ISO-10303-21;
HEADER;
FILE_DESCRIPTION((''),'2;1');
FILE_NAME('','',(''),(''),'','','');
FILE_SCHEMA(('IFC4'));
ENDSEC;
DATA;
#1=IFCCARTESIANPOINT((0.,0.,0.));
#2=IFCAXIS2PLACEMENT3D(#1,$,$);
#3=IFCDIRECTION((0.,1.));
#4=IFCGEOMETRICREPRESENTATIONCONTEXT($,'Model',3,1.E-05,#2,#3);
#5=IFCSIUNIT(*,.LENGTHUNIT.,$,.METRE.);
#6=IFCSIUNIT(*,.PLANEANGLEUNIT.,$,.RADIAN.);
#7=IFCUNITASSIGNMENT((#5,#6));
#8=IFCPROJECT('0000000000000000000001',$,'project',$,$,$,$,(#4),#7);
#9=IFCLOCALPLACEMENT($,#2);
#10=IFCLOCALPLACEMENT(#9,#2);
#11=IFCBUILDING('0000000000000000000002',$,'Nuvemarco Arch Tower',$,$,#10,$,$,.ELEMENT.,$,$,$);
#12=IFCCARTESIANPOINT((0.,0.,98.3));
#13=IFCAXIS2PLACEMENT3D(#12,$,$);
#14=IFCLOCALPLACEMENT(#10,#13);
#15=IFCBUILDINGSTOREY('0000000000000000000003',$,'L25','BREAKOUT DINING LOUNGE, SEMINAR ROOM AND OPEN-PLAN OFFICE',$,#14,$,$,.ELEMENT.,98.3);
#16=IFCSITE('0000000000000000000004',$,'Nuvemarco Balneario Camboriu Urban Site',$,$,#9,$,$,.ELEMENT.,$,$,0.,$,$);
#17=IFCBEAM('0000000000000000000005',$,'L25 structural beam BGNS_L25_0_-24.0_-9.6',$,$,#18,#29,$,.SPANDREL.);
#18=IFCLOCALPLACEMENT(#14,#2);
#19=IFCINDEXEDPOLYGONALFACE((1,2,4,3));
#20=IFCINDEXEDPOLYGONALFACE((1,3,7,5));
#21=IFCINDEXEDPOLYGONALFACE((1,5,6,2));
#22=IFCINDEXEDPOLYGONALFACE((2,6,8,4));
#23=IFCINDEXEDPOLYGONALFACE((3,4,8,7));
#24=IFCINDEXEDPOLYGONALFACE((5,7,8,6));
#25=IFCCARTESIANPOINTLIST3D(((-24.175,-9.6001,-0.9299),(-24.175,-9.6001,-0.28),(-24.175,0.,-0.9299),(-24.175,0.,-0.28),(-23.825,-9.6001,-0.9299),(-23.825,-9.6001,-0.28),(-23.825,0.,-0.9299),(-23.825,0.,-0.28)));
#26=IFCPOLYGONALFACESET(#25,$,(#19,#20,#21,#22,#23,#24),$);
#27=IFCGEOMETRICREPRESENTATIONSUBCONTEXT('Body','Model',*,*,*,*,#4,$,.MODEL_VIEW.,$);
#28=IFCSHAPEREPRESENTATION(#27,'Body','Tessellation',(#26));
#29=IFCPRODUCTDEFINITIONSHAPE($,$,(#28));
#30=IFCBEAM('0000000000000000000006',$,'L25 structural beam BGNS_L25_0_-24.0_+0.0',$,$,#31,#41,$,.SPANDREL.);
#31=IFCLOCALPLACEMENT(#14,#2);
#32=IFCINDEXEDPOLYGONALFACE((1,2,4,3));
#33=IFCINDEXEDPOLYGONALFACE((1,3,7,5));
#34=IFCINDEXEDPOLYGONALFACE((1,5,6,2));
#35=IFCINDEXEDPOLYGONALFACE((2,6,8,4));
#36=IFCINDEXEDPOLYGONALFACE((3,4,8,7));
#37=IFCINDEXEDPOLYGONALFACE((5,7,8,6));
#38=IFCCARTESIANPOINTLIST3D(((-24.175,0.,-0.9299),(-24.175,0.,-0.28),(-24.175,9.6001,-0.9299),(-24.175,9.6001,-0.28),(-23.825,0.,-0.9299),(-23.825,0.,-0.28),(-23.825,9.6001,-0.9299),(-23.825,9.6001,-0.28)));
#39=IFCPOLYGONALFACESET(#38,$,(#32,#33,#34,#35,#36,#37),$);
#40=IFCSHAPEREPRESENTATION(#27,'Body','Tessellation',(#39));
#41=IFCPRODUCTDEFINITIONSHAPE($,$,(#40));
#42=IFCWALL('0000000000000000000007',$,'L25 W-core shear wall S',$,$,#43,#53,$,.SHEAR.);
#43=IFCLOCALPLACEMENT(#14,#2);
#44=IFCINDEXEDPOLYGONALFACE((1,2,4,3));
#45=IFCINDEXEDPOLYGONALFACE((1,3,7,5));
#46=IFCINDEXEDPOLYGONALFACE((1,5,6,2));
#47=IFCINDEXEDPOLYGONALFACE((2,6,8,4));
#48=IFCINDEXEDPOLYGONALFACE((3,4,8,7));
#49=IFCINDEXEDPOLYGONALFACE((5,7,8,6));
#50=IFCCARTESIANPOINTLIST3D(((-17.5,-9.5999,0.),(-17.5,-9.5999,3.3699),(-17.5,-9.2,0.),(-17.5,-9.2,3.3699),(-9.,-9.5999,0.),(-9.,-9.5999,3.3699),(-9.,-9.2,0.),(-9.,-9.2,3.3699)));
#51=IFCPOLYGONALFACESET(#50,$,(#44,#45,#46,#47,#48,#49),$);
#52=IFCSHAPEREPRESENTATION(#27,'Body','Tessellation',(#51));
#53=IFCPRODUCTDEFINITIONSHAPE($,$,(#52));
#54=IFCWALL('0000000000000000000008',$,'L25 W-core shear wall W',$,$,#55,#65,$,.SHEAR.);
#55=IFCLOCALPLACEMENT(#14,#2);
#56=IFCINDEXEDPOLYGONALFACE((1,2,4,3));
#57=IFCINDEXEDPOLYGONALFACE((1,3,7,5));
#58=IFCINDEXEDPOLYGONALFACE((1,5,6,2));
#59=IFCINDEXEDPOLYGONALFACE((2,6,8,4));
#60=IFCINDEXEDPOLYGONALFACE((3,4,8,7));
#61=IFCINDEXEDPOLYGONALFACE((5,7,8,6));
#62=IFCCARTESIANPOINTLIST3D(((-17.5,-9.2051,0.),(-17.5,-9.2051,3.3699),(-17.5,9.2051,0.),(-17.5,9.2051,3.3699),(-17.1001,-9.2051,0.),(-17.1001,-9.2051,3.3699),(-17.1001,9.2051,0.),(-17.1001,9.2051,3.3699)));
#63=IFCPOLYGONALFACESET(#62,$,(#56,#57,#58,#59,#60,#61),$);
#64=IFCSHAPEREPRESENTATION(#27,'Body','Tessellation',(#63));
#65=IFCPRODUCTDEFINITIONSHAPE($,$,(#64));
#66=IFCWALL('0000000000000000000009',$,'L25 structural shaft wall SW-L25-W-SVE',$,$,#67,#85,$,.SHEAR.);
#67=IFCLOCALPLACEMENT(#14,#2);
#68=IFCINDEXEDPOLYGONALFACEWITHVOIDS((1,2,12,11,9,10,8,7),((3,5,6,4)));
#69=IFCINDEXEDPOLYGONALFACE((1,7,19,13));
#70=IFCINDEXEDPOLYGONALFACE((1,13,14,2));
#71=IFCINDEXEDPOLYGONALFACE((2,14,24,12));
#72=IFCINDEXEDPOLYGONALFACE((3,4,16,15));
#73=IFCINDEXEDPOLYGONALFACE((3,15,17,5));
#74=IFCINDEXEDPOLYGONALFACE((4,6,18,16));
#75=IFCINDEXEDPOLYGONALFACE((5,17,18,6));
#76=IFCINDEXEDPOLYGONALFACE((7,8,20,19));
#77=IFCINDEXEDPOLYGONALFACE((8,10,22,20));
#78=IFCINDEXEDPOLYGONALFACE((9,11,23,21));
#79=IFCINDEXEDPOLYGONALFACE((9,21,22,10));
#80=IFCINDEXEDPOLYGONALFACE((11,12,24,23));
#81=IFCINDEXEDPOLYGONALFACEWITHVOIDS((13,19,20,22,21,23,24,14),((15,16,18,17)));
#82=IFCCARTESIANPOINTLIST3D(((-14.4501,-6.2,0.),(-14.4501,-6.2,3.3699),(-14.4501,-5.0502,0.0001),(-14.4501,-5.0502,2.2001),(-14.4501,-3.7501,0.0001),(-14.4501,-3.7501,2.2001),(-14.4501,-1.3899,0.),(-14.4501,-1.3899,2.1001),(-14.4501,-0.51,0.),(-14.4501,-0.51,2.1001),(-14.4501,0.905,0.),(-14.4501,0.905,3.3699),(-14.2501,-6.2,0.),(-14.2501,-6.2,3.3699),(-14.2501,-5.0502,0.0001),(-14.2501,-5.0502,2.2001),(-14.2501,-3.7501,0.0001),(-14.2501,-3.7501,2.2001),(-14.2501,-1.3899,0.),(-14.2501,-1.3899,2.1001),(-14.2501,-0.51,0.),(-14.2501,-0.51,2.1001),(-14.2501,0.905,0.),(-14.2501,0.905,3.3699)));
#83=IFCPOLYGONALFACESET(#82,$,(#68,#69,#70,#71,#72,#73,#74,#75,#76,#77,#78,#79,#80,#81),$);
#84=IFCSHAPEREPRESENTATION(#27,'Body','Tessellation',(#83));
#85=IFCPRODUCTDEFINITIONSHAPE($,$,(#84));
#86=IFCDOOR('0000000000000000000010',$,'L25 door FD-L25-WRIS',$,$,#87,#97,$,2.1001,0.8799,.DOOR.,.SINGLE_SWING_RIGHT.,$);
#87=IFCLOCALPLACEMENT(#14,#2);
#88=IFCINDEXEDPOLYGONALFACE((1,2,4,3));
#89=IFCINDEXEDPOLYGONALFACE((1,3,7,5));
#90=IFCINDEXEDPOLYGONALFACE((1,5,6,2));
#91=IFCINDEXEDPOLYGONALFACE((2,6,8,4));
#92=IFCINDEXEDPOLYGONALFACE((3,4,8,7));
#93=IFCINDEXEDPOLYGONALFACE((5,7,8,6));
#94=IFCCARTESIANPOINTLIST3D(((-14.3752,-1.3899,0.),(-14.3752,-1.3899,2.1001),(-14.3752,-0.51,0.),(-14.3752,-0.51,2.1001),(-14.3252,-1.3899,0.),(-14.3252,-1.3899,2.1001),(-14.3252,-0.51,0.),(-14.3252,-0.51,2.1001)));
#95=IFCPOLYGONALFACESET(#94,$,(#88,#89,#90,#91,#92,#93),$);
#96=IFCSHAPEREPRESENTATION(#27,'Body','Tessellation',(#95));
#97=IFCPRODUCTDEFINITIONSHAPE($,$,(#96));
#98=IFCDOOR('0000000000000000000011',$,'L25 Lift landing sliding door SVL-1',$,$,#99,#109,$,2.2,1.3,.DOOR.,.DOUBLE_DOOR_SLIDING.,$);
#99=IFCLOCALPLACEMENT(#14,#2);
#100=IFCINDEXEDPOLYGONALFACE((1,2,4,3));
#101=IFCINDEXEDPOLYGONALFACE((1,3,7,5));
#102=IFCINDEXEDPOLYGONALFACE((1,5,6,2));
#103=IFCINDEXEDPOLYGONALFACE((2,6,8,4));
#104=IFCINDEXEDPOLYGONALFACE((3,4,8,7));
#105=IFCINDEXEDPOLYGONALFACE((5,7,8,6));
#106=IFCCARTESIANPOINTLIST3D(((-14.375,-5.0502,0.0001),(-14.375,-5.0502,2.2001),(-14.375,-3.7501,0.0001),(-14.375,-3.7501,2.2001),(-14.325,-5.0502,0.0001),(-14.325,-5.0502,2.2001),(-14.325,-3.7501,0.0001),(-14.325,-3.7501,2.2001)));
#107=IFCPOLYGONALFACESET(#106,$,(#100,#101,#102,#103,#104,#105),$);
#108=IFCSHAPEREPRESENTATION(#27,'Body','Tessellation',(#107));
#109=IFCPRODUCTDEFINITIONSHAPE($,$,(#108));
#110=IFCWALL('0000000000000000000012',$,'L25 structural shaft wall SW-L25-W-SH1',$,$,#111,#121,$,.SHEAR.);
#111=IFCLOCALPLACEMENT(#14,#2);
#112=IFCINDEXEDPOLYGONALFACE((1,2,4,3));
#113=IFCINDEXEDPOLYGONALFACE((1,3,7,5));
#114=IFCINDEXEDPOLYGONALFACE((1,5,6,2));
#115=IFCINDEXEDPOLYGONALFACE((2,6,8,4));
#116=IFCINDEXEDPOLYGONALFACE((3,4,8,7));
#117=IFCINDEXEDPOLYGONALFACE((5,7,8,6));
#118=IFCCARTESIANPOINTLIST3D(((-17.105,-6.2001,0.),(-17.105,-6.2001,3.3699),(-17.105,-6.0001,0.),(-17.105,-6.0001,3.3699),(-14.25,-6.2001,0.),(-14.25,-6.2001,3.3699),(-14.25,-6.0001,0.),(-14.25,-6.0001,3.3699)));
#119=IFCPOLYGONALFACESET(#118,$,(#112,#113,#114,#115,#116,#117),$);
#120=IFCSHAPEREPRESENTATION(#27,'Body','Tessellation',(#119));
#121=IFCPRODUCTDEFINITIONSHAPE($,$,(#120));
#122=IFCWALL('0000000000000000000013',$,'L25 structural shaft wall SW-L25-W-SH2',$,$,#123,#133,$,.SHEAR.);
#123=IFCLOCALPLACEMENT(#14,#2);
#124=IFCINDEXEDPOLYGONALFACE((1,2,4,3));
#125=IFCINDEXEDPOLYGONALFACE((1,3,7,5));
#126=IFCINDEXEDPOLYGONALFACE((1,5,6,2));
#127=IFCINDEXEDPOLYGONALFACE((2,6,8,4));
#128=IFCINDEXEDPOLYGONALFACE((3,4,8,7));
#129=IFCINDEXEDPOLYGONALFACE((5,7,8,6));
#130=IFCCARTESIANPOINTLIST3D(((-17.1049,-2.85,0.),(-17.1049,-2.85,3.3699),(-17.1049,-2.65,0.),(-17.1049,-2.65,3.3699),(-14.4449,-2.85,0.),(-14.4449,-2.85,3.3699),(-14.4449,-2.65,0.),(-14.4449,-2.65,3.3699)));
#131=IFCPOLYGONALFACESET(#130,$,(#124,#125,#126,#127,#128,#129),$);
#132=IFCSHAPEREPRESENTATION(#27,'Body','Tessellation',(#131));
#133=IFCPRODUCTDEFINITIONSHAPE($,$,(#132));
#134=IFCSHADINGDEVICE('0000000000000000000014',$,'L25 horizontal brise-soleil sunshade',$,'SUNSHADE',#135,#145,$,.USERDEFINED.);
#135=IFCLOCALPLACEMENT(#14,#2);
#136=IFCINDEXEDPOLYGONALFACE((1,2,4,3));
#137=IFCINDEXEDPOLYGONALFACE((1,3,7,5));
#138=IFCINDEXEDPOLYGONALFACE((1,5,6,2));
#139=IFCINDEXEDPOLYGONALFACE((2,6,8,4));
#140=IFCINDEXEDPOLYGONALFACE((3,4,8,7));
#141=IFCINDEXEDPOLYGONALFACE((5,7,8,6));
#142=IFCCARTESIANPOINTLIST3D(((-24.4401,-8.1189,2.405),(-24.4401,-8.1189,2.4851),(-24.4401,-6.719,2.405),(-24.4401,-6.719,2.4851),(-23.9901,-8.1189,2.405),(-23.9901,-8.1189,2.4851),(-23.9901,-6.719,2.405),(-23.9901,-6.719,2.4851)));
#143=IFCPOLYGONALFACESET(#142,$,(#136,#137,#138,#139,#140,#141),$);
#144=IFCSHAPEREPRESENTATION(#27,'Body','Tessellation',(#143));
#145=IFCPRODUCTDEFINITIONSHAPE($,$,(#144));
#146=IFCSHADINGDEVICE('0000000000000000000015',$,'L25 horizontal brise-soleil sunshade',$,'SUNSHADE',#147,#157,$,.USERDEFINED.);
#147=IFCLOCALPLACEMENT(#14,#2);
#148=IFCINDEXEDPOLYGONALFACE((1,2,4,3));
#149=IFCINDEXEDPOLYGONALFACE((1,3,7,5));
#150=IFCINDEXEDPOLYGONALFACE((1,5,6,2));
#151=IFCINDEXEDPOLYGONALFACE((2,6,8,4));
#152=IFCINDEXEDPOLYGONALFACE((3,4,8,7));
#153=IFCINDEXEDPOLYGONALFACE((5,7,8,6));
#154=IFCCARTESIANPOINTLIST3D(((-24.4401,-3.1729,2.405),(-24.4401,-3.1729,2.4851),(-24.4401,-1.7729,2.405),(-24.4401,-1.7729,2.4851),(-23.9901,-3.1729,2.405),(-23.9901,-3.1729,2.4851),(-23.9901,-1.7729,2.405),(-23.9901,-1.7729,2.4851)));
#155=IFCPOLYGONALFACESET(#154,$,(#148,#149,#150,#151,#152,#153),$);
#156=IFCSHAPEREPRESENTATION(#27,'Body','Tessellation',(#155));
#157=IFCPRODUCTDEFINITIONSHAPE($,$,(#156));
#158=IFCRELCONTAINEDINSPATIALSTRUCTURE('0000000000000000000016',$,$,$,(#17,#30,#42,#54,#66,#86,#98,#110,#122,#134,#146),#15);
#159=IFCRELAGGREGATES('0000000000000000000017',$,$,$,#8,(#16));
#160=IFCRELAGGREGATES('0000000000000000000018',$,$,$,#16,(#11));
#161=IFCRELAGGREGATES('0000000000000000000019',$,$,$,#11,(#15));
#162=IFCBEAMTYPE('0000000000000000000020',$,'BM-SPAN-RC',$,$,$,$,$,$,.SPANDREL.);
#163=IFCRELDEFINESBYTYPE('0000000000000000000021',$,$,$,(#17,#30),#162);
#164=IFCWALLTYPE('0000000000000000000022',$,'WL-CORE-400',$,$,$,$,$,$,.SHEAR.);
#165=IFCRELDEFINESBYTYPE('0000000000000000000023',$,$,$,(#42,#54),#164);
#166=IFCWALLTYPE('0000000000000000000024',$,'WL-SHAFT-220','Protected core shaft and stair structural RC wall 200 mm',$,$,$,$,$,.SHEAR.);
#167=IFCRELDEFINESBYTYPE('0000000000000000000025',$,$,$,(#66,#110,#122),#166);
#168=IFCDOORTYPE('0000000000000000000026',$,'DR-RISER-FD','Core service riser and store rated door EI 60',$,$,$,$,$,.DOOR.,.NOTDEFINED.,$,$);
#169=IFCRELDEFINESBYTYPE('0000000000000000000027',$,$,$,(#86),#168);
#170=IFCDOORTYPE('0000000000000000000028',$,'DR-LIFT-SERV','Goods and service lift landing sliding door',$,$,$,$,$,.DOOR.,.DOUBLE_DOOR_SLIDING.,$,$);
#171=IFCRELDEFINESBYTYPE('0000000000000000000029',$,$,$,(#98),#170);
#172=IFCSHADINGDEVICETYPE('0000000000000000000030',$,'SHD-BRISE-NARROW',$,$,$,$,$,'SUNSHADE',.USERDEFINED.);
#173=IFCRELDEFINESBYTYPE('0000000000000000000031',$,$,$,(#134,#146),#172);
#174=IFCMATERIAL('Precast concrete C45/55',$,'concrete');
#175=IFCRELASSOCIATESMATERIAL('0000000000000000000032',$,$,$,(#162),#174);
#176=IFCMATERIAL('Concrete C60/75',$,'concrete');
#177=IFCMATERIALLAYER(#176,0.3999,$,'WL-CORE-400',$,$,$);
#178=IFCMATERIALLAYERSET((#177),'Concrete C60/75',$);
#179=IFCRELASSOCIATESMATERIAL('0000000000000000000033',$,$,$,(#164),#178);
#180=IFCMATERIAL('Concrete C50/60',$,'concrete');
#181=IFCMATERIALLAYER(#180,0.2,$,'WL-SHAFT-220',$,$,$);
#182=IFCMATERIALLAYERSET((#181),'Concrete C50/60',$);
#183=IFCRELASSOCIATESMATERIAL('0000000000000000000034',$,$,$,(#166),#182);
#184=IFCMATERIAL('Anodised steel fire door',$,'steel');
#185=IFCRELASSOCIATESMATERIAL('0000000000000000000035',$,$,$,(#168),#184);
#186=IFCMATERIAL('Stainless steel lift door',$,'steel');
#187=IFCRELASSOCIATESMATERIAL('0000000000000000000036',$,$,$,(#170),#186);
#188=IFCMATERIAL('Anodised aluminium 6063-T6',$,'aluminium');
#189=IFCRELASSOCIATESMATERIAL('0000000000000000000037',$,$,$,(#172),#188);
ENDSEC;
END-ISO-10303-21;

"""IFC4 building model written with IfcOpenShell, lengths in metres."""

from ifc_helpers import new_model, si_unit, direction, frame, frame_2d, origin, origin_2d, place, context, subcontext, project, spatial, rectangle, extrude, source, transform, mapped, material, layer, layer_set, material_profile, profile_set, type_object, type_shapes, element, fill, save


model = new_model("IFC4")

# Units and contexts
model_context = context("Model", 3, precision=1e-05, world=origin(), true_north=direction((0.0, 1.0)))
body_context = subcontext(model_context, "Body", "Model", "MODEL_VIEW")
ifc_project = project(units=[si_unit("LENGTHUNIT", "METRE"), si_unit("PLANEANGLEUNIT", "RADIAN")], contexts=[model_context])

# Site, building, storey
site_placement = place(None, origin())
site = spatial("IfcSite", under=ifc_project, at=site_placement, Name="Nuvemarco Balneario Camboriu Urban Site", CompositionType="ELEMENT", RefElevation=0.0)
building_placement = place(site_placement, origin())
building = spatial("IfcBuilding", under=site, at=building_placement, Name="Nuvemarco Arch Tower", CompositionType="ELEMENT")
storey_placement = place(building_placement, frame((0.0, 0.0, 98.3)))
storey = spatial("IfcBuildingStorey", under=building, at=storey_placement, Name="L25", Description="BREAKOUT DINING LOUNGE, SEMINAR ROOM AND OPEN-PLAN OFFICE", CompositionType="ELEMENT", Elevation=98.3)

# Shared definitions
ifc_material_1 = material(Name="Concrete C60/75", Category="concrete")

# Beams
ifc_material_2 = material(Name="Precast concrete C45/55", Category="concrete")
ifc_material_profile_1 = material_profile(ifc_material_2, rectangle(XDim=0.3501, YDim=0.6499, at=origin_2d()), Name="PC-SP-350x650")
ifc_profile_set_1 = profile_set([ifc_material_profile_1], Name="Precast concrete C45/55")
beam_type_1 = type_object("IfcBeamType", Name="BM-SPAN-RC", PredefinedType="SPANDREL", material=ifc_profile_set_1)
for number, where, z_axis, x_axis, name in (
    (1, (-24.0, -9.6001, -0.605), (0.0, 1.0, 0.0), (-1.0, 0.0, 0.0), "L25 structural beam BGNS_L25_0_-24.0_-9.6"),
    (2, (-24.0, 0.0, -0.605), (0.0, 1.0, 0.0), (-1.0, 0.0, 0.0), "L25 structural beam BGNS_L25_0_-24.0_+0.0"),
):
    element("IfcBeam", number, at=place(storey_placement, frame(where, z_axis=z_axis, x_axis=x_axis)), inside=storey, type_object=beam_type_1, Name=name, PredefinedType="SPANDREL", context=body_context, shape_type="SweptSolid", body=[
        extrude(rectangle(XDim=0.3501, YDim=0.6499, at=origin_2d()), origin(), (0.0, 0.0, 1.0), 9.6001),
    ])

# Walls
ifc_layer_1 = layer(ifc_material_1, 0.3999, Name="WL-CORE-400")
ifc_layer_set_1 = layer_set([ifc_layer_1], Name="Concrete C60/75")
wall_type_1 = type_object("IfcWallType", Name="WL-CORE-400", PredefinedType="SHEAR", material=ifc_layer_set_1)
wall_1_placement = place(storey_placement, frame((-17.5, -9.3999, 0.0), z_axis=(0.0, 0.0, 1.0), x_axis=(1.0, 0.0, 0.0)))
element("IfcWall", 3, at=wall_1_placement, inside=storey, type_object=wall_type_1, Name="L25 W-core shear wall S", PredefinedType="SHEAR", context=body_context, shape_type="SweptSolid", body=[
    extrude(rectangle(XDim=8.5, YDim=0.3999, at=frame_2d((4.25, 0.0))), origin(), (0.0, 0.0, 1.0), 3.3699),
])
wall_2_placement = place(storey_placement, frame((-17.3, -9.2051, 0.0), z_axis=(0.0, 0.0, 1.0), x_axis=(0.0, 1.0, 0.0)))
element("IfcWall", 4, at=wall_2_placement, inside=storey, type_object=wall_type_1, Name="L25 W-core shear wall W", PredefinedType="SHEAR", context=body_context, shape_type="SweptSolid", body=[
    extrude(rectangle(XDim=18.4102, YDim=0.3999, at=frame_2d((9.2051, 0.0))), origin(), (0.0, 0.0, 1.0), 3.3699),
])

# Shared definitions
ifc_material_3 = material(Name="Concrete C50/60", Category="concrete")
ifc_layer_2 = layer(ifc_material_3, 0.2, Name="WL-SHAFT-220")
ifc_layer_set_2 = layer_set([ifc_layer_2], Name="Concrete C50/60")
wall_type_2 = type_object("IfcWallType", Name="WL-SHAFT-220", Description="Protected core shaft and stair structural RC wall 200 mm", PredefinedType="SHEAR", material=ifc_layer_set_2)
ifc_material_4 = material(Name="Stainless steel lift door", Category="steel")

# Wall, openings, doors
wall_3_placement = place(storey_placement, frame((-14.3501, -6.2, 0.0), z_axis=(0.0, 0.0, 1.0), x_axis=(0.0, 1.0, 0.0)))
wall_3 = element("IfcWall", 5, at=wall_3_placement, inside=storey, type_object=wall_type_2, Name="L25 structural shaft wall SW-L25-W-SVE", PredefinedType="SHEAR", context=body_context, shape_type="SweptSolid", body=[
    extrude(rectangle(XDim=7.105, YDim=0.2, at=frame_2d((3.5525, 0.0))), origin(), (0.0, 0.0, 1.0), 3.3699),
])
opening_1_placement = place(wall_3_placement, frame((5.6899, 0.0, 0.0), z_axis=(0.0, 0.0, 1.0), x_axis=(-1.0, 0.0, 0.0)))
opening_1 = element("IfcOpeningElement", 6, at=opening_1_placement, cuts=wall_3, PredefinedType="OPENING", context=body_context, shape_type="SweptSolid", body=[
    extrude(rectangle(XDim=0.8799, YDim=2.1001, at=frame_2d((0.4399, 1.05))), frame((0.0, 0.1099, 0.0), z_axis=(0.0, -1.0, 0.0), x_axis=(1.0, 0.0, 0.0)), (0.0, 0.0, 1.0), 0.22),
])
opening_2_placement = place(wall_3_placement, frame((1.1499, 0.0, 0.0)))
opening_2 = element("IfcOpeningElement", 7, at=opening_2_placement, cuts=wall_3, PredefinedType="OPENING", context=body_context, shape_type="SweptSolid", body=[
    extrude(rectangle(XDim=1.3, YDim=2.2, at=frame_2d((0.6499, 1.1001))), frame((0.0, 0.1099, 0.0), z_axis=(0.0, -1.0, 0.0), x_axis=(1.0, 0.0, 0.0)), (0.0, 0.0, 1.0), 0.22),
])
ifc_material_5 = material(Name="Anodised steel fire door", Category="steel")
door_type_1 = type_object("IfcDoorType", Name="DR-RISER-FD", Description="Core service riser and store rated door EI 60", OperationType="NOTDEFINED", PredefinedType="DOOR", material=ifc_material_5)
shared_shape_1 = source(origin(), body_context, "Body", "SweptSolid", [
    extrude(rectangle(XDim=0.8799, YDim=2.1001, at=frame_2d((0.4399, 1.05))), frame((0.0, 0.0249, 0.0), z_axis=(0.0, -1.0, 0.0), x_axis=(1.0, 0.0, 0.0)), (0.0, 0.0, 1.0), 0.05),
])
type_shapes(door_type_1, [shared_shape_1])
door_1_placement = place(opening_1_placement, origin())
door_1 = element("IfcDoor", 8, at=door_1_placement, inside=storey, type_object=door_type_1, Name="L25 door FD-L25-WRIS", OperationType="SINGLE_SWING_RIGHT", OverallHeight=2.1001, OverallWidth=0.8799, PredefinedType="DOOR", context=body_context, shape_type="MappedRepresentation", body=[
    mapped(shared_shape_1, transform((0.0, 0.0, 0.0), scale=1.0)),
])
fill(opening_1, door_1)
door_type_2 = type_object("IfcDoorType", Name="DR-LIFT-SERV", Description="Goods and service lift landing sliding door", OperationType="DOUBLE_DOOR_SLIDING", PredefinedType="DOOR", material=ifc_material_4)
shared_shape_2 = source(origin(), body_context, "Body", "SweptSolid", [
    extrude(rectangle(XDim=1.3, YDim=2.2, at=frame_2d((0.6499, 1.1001))), frame((0.0, 0.0249, 0.0), z_axis=(0.0, -1.0, 0.0), x_axis=(1.0, 0.0, 0.0)), (0.0, 0.0, 1.0), 0.05),
])
type_shapes(door_type_2, [shared_shape_2])
door_2_placement = place(opening_2_placement, origin())
door_2 = element("IfcDoor", 9, at=door_2_placement, inside=storey, type_object=door_type_2, Name="L25 Lift landing sliding door SVL-1", OperationType="DOUBLE_DOOR_SLIDING", OverallHeight=2.2, OverallWidth=1.3, PredefinedType="DOOR", context=body_context, shape_type="MappedRepresentation", body=[
    mapped(shared_shape_2, transform((0.0, 0.0, 0.0), scale=1.0)),
])
fill(opening_2, door_2)

# Walls
wall_4_placement = place(storey_placement, frame((-17.105, -6.1001, 0.0), z_axis=(0.0, 0.0, 1.0), x_axis=(1.0, 0.0, 0.0)))
element("IfcWall", 10, at=wall_4_placement, inside=storey, type_object=wall_type_2, Name="L25 structural shaft wall SW-L25-W-SH1", PredefinedType="SHEAR", context=body_context, shape_type="SweptSolid", body=[
    extrude(rectangle(XDim=2.855, YDim=0.2, at=frame_2d((1.4275, 0.0))), origin(), (0.0, 0.0, 1.0), 3.3699),
])
wall_5_placement = place(storey_placement, frame((-17.105, -2.75, 0.0), z_axis=(0.0, 0.0, 1.0), x_axis=(1.0, 0.0, 0.0)))
element("IfcWall", 11, at=wall_5_placement, inside=storey, type_object=wall_type_2, Name="L25 structural shaft wall SW-L25-W-SH2", PredefinedType="SHEAR", context=body_context, shape_type="SweptSolid", body=[
    extrude(rectangle(XDim=2.6599, YDim=0.2, at=frame_2d((1.3301, 0.0))), origin(), (0.0, 0.0, 1.0), 3.3699),
])

# Shading devices
ifc_material_6 = material(Name="Anodised aluminium 6063-T6", Category="aluminium")
shading_device_type = type_object("IfcShadingDeviceType", Name="SHD-BRISE-NARROW", ElementType="SUNSHADE", PredefinedType="USERDEFINED", material=ifc_material_6)
shared_shape_3 = source(origin(), body_context, "Body", "SweptSolid", [
    extrude(rectangle(XDim=1.3999, YDim=0.45, at=origin_2d()), origin(), (0.0, 0.0, 1.0), 0.0801),
])
type_shapes(shading_device_type, [shared_shape_3])
for number, where, z_axis, x_axis, name in (
    (12, (-24.2151, -7.4189, 2.405), (0.0, 0.0, 1.0), (0.0, 1.0, 0.0), "L25 horizontal brise-soleil sunshade"),
    (13, (-24.2151, -2.4729, 2.405), (0.0, 0.0, 1.0), (0.0, 1.0, 0.0), "L25 horizontal brise-soleil sunshade"),
):
    element("IfcShadingDevice", number, at=place(storey_placement, frame(where, z_axis=z_axis, x_axis=x_axis)), inside=storey, type_object=shading_device_type, Name=name, ObjectType="SUNSHADE", PredefinedType="USERDEFINED", context=body_context, shape_type="MappedRepresentation", body=[
        mapped(shared_shape_3, transform((0.0, 0.0, 0.0), scale=1.0)),
    ])

save(model, "model.ifc")
